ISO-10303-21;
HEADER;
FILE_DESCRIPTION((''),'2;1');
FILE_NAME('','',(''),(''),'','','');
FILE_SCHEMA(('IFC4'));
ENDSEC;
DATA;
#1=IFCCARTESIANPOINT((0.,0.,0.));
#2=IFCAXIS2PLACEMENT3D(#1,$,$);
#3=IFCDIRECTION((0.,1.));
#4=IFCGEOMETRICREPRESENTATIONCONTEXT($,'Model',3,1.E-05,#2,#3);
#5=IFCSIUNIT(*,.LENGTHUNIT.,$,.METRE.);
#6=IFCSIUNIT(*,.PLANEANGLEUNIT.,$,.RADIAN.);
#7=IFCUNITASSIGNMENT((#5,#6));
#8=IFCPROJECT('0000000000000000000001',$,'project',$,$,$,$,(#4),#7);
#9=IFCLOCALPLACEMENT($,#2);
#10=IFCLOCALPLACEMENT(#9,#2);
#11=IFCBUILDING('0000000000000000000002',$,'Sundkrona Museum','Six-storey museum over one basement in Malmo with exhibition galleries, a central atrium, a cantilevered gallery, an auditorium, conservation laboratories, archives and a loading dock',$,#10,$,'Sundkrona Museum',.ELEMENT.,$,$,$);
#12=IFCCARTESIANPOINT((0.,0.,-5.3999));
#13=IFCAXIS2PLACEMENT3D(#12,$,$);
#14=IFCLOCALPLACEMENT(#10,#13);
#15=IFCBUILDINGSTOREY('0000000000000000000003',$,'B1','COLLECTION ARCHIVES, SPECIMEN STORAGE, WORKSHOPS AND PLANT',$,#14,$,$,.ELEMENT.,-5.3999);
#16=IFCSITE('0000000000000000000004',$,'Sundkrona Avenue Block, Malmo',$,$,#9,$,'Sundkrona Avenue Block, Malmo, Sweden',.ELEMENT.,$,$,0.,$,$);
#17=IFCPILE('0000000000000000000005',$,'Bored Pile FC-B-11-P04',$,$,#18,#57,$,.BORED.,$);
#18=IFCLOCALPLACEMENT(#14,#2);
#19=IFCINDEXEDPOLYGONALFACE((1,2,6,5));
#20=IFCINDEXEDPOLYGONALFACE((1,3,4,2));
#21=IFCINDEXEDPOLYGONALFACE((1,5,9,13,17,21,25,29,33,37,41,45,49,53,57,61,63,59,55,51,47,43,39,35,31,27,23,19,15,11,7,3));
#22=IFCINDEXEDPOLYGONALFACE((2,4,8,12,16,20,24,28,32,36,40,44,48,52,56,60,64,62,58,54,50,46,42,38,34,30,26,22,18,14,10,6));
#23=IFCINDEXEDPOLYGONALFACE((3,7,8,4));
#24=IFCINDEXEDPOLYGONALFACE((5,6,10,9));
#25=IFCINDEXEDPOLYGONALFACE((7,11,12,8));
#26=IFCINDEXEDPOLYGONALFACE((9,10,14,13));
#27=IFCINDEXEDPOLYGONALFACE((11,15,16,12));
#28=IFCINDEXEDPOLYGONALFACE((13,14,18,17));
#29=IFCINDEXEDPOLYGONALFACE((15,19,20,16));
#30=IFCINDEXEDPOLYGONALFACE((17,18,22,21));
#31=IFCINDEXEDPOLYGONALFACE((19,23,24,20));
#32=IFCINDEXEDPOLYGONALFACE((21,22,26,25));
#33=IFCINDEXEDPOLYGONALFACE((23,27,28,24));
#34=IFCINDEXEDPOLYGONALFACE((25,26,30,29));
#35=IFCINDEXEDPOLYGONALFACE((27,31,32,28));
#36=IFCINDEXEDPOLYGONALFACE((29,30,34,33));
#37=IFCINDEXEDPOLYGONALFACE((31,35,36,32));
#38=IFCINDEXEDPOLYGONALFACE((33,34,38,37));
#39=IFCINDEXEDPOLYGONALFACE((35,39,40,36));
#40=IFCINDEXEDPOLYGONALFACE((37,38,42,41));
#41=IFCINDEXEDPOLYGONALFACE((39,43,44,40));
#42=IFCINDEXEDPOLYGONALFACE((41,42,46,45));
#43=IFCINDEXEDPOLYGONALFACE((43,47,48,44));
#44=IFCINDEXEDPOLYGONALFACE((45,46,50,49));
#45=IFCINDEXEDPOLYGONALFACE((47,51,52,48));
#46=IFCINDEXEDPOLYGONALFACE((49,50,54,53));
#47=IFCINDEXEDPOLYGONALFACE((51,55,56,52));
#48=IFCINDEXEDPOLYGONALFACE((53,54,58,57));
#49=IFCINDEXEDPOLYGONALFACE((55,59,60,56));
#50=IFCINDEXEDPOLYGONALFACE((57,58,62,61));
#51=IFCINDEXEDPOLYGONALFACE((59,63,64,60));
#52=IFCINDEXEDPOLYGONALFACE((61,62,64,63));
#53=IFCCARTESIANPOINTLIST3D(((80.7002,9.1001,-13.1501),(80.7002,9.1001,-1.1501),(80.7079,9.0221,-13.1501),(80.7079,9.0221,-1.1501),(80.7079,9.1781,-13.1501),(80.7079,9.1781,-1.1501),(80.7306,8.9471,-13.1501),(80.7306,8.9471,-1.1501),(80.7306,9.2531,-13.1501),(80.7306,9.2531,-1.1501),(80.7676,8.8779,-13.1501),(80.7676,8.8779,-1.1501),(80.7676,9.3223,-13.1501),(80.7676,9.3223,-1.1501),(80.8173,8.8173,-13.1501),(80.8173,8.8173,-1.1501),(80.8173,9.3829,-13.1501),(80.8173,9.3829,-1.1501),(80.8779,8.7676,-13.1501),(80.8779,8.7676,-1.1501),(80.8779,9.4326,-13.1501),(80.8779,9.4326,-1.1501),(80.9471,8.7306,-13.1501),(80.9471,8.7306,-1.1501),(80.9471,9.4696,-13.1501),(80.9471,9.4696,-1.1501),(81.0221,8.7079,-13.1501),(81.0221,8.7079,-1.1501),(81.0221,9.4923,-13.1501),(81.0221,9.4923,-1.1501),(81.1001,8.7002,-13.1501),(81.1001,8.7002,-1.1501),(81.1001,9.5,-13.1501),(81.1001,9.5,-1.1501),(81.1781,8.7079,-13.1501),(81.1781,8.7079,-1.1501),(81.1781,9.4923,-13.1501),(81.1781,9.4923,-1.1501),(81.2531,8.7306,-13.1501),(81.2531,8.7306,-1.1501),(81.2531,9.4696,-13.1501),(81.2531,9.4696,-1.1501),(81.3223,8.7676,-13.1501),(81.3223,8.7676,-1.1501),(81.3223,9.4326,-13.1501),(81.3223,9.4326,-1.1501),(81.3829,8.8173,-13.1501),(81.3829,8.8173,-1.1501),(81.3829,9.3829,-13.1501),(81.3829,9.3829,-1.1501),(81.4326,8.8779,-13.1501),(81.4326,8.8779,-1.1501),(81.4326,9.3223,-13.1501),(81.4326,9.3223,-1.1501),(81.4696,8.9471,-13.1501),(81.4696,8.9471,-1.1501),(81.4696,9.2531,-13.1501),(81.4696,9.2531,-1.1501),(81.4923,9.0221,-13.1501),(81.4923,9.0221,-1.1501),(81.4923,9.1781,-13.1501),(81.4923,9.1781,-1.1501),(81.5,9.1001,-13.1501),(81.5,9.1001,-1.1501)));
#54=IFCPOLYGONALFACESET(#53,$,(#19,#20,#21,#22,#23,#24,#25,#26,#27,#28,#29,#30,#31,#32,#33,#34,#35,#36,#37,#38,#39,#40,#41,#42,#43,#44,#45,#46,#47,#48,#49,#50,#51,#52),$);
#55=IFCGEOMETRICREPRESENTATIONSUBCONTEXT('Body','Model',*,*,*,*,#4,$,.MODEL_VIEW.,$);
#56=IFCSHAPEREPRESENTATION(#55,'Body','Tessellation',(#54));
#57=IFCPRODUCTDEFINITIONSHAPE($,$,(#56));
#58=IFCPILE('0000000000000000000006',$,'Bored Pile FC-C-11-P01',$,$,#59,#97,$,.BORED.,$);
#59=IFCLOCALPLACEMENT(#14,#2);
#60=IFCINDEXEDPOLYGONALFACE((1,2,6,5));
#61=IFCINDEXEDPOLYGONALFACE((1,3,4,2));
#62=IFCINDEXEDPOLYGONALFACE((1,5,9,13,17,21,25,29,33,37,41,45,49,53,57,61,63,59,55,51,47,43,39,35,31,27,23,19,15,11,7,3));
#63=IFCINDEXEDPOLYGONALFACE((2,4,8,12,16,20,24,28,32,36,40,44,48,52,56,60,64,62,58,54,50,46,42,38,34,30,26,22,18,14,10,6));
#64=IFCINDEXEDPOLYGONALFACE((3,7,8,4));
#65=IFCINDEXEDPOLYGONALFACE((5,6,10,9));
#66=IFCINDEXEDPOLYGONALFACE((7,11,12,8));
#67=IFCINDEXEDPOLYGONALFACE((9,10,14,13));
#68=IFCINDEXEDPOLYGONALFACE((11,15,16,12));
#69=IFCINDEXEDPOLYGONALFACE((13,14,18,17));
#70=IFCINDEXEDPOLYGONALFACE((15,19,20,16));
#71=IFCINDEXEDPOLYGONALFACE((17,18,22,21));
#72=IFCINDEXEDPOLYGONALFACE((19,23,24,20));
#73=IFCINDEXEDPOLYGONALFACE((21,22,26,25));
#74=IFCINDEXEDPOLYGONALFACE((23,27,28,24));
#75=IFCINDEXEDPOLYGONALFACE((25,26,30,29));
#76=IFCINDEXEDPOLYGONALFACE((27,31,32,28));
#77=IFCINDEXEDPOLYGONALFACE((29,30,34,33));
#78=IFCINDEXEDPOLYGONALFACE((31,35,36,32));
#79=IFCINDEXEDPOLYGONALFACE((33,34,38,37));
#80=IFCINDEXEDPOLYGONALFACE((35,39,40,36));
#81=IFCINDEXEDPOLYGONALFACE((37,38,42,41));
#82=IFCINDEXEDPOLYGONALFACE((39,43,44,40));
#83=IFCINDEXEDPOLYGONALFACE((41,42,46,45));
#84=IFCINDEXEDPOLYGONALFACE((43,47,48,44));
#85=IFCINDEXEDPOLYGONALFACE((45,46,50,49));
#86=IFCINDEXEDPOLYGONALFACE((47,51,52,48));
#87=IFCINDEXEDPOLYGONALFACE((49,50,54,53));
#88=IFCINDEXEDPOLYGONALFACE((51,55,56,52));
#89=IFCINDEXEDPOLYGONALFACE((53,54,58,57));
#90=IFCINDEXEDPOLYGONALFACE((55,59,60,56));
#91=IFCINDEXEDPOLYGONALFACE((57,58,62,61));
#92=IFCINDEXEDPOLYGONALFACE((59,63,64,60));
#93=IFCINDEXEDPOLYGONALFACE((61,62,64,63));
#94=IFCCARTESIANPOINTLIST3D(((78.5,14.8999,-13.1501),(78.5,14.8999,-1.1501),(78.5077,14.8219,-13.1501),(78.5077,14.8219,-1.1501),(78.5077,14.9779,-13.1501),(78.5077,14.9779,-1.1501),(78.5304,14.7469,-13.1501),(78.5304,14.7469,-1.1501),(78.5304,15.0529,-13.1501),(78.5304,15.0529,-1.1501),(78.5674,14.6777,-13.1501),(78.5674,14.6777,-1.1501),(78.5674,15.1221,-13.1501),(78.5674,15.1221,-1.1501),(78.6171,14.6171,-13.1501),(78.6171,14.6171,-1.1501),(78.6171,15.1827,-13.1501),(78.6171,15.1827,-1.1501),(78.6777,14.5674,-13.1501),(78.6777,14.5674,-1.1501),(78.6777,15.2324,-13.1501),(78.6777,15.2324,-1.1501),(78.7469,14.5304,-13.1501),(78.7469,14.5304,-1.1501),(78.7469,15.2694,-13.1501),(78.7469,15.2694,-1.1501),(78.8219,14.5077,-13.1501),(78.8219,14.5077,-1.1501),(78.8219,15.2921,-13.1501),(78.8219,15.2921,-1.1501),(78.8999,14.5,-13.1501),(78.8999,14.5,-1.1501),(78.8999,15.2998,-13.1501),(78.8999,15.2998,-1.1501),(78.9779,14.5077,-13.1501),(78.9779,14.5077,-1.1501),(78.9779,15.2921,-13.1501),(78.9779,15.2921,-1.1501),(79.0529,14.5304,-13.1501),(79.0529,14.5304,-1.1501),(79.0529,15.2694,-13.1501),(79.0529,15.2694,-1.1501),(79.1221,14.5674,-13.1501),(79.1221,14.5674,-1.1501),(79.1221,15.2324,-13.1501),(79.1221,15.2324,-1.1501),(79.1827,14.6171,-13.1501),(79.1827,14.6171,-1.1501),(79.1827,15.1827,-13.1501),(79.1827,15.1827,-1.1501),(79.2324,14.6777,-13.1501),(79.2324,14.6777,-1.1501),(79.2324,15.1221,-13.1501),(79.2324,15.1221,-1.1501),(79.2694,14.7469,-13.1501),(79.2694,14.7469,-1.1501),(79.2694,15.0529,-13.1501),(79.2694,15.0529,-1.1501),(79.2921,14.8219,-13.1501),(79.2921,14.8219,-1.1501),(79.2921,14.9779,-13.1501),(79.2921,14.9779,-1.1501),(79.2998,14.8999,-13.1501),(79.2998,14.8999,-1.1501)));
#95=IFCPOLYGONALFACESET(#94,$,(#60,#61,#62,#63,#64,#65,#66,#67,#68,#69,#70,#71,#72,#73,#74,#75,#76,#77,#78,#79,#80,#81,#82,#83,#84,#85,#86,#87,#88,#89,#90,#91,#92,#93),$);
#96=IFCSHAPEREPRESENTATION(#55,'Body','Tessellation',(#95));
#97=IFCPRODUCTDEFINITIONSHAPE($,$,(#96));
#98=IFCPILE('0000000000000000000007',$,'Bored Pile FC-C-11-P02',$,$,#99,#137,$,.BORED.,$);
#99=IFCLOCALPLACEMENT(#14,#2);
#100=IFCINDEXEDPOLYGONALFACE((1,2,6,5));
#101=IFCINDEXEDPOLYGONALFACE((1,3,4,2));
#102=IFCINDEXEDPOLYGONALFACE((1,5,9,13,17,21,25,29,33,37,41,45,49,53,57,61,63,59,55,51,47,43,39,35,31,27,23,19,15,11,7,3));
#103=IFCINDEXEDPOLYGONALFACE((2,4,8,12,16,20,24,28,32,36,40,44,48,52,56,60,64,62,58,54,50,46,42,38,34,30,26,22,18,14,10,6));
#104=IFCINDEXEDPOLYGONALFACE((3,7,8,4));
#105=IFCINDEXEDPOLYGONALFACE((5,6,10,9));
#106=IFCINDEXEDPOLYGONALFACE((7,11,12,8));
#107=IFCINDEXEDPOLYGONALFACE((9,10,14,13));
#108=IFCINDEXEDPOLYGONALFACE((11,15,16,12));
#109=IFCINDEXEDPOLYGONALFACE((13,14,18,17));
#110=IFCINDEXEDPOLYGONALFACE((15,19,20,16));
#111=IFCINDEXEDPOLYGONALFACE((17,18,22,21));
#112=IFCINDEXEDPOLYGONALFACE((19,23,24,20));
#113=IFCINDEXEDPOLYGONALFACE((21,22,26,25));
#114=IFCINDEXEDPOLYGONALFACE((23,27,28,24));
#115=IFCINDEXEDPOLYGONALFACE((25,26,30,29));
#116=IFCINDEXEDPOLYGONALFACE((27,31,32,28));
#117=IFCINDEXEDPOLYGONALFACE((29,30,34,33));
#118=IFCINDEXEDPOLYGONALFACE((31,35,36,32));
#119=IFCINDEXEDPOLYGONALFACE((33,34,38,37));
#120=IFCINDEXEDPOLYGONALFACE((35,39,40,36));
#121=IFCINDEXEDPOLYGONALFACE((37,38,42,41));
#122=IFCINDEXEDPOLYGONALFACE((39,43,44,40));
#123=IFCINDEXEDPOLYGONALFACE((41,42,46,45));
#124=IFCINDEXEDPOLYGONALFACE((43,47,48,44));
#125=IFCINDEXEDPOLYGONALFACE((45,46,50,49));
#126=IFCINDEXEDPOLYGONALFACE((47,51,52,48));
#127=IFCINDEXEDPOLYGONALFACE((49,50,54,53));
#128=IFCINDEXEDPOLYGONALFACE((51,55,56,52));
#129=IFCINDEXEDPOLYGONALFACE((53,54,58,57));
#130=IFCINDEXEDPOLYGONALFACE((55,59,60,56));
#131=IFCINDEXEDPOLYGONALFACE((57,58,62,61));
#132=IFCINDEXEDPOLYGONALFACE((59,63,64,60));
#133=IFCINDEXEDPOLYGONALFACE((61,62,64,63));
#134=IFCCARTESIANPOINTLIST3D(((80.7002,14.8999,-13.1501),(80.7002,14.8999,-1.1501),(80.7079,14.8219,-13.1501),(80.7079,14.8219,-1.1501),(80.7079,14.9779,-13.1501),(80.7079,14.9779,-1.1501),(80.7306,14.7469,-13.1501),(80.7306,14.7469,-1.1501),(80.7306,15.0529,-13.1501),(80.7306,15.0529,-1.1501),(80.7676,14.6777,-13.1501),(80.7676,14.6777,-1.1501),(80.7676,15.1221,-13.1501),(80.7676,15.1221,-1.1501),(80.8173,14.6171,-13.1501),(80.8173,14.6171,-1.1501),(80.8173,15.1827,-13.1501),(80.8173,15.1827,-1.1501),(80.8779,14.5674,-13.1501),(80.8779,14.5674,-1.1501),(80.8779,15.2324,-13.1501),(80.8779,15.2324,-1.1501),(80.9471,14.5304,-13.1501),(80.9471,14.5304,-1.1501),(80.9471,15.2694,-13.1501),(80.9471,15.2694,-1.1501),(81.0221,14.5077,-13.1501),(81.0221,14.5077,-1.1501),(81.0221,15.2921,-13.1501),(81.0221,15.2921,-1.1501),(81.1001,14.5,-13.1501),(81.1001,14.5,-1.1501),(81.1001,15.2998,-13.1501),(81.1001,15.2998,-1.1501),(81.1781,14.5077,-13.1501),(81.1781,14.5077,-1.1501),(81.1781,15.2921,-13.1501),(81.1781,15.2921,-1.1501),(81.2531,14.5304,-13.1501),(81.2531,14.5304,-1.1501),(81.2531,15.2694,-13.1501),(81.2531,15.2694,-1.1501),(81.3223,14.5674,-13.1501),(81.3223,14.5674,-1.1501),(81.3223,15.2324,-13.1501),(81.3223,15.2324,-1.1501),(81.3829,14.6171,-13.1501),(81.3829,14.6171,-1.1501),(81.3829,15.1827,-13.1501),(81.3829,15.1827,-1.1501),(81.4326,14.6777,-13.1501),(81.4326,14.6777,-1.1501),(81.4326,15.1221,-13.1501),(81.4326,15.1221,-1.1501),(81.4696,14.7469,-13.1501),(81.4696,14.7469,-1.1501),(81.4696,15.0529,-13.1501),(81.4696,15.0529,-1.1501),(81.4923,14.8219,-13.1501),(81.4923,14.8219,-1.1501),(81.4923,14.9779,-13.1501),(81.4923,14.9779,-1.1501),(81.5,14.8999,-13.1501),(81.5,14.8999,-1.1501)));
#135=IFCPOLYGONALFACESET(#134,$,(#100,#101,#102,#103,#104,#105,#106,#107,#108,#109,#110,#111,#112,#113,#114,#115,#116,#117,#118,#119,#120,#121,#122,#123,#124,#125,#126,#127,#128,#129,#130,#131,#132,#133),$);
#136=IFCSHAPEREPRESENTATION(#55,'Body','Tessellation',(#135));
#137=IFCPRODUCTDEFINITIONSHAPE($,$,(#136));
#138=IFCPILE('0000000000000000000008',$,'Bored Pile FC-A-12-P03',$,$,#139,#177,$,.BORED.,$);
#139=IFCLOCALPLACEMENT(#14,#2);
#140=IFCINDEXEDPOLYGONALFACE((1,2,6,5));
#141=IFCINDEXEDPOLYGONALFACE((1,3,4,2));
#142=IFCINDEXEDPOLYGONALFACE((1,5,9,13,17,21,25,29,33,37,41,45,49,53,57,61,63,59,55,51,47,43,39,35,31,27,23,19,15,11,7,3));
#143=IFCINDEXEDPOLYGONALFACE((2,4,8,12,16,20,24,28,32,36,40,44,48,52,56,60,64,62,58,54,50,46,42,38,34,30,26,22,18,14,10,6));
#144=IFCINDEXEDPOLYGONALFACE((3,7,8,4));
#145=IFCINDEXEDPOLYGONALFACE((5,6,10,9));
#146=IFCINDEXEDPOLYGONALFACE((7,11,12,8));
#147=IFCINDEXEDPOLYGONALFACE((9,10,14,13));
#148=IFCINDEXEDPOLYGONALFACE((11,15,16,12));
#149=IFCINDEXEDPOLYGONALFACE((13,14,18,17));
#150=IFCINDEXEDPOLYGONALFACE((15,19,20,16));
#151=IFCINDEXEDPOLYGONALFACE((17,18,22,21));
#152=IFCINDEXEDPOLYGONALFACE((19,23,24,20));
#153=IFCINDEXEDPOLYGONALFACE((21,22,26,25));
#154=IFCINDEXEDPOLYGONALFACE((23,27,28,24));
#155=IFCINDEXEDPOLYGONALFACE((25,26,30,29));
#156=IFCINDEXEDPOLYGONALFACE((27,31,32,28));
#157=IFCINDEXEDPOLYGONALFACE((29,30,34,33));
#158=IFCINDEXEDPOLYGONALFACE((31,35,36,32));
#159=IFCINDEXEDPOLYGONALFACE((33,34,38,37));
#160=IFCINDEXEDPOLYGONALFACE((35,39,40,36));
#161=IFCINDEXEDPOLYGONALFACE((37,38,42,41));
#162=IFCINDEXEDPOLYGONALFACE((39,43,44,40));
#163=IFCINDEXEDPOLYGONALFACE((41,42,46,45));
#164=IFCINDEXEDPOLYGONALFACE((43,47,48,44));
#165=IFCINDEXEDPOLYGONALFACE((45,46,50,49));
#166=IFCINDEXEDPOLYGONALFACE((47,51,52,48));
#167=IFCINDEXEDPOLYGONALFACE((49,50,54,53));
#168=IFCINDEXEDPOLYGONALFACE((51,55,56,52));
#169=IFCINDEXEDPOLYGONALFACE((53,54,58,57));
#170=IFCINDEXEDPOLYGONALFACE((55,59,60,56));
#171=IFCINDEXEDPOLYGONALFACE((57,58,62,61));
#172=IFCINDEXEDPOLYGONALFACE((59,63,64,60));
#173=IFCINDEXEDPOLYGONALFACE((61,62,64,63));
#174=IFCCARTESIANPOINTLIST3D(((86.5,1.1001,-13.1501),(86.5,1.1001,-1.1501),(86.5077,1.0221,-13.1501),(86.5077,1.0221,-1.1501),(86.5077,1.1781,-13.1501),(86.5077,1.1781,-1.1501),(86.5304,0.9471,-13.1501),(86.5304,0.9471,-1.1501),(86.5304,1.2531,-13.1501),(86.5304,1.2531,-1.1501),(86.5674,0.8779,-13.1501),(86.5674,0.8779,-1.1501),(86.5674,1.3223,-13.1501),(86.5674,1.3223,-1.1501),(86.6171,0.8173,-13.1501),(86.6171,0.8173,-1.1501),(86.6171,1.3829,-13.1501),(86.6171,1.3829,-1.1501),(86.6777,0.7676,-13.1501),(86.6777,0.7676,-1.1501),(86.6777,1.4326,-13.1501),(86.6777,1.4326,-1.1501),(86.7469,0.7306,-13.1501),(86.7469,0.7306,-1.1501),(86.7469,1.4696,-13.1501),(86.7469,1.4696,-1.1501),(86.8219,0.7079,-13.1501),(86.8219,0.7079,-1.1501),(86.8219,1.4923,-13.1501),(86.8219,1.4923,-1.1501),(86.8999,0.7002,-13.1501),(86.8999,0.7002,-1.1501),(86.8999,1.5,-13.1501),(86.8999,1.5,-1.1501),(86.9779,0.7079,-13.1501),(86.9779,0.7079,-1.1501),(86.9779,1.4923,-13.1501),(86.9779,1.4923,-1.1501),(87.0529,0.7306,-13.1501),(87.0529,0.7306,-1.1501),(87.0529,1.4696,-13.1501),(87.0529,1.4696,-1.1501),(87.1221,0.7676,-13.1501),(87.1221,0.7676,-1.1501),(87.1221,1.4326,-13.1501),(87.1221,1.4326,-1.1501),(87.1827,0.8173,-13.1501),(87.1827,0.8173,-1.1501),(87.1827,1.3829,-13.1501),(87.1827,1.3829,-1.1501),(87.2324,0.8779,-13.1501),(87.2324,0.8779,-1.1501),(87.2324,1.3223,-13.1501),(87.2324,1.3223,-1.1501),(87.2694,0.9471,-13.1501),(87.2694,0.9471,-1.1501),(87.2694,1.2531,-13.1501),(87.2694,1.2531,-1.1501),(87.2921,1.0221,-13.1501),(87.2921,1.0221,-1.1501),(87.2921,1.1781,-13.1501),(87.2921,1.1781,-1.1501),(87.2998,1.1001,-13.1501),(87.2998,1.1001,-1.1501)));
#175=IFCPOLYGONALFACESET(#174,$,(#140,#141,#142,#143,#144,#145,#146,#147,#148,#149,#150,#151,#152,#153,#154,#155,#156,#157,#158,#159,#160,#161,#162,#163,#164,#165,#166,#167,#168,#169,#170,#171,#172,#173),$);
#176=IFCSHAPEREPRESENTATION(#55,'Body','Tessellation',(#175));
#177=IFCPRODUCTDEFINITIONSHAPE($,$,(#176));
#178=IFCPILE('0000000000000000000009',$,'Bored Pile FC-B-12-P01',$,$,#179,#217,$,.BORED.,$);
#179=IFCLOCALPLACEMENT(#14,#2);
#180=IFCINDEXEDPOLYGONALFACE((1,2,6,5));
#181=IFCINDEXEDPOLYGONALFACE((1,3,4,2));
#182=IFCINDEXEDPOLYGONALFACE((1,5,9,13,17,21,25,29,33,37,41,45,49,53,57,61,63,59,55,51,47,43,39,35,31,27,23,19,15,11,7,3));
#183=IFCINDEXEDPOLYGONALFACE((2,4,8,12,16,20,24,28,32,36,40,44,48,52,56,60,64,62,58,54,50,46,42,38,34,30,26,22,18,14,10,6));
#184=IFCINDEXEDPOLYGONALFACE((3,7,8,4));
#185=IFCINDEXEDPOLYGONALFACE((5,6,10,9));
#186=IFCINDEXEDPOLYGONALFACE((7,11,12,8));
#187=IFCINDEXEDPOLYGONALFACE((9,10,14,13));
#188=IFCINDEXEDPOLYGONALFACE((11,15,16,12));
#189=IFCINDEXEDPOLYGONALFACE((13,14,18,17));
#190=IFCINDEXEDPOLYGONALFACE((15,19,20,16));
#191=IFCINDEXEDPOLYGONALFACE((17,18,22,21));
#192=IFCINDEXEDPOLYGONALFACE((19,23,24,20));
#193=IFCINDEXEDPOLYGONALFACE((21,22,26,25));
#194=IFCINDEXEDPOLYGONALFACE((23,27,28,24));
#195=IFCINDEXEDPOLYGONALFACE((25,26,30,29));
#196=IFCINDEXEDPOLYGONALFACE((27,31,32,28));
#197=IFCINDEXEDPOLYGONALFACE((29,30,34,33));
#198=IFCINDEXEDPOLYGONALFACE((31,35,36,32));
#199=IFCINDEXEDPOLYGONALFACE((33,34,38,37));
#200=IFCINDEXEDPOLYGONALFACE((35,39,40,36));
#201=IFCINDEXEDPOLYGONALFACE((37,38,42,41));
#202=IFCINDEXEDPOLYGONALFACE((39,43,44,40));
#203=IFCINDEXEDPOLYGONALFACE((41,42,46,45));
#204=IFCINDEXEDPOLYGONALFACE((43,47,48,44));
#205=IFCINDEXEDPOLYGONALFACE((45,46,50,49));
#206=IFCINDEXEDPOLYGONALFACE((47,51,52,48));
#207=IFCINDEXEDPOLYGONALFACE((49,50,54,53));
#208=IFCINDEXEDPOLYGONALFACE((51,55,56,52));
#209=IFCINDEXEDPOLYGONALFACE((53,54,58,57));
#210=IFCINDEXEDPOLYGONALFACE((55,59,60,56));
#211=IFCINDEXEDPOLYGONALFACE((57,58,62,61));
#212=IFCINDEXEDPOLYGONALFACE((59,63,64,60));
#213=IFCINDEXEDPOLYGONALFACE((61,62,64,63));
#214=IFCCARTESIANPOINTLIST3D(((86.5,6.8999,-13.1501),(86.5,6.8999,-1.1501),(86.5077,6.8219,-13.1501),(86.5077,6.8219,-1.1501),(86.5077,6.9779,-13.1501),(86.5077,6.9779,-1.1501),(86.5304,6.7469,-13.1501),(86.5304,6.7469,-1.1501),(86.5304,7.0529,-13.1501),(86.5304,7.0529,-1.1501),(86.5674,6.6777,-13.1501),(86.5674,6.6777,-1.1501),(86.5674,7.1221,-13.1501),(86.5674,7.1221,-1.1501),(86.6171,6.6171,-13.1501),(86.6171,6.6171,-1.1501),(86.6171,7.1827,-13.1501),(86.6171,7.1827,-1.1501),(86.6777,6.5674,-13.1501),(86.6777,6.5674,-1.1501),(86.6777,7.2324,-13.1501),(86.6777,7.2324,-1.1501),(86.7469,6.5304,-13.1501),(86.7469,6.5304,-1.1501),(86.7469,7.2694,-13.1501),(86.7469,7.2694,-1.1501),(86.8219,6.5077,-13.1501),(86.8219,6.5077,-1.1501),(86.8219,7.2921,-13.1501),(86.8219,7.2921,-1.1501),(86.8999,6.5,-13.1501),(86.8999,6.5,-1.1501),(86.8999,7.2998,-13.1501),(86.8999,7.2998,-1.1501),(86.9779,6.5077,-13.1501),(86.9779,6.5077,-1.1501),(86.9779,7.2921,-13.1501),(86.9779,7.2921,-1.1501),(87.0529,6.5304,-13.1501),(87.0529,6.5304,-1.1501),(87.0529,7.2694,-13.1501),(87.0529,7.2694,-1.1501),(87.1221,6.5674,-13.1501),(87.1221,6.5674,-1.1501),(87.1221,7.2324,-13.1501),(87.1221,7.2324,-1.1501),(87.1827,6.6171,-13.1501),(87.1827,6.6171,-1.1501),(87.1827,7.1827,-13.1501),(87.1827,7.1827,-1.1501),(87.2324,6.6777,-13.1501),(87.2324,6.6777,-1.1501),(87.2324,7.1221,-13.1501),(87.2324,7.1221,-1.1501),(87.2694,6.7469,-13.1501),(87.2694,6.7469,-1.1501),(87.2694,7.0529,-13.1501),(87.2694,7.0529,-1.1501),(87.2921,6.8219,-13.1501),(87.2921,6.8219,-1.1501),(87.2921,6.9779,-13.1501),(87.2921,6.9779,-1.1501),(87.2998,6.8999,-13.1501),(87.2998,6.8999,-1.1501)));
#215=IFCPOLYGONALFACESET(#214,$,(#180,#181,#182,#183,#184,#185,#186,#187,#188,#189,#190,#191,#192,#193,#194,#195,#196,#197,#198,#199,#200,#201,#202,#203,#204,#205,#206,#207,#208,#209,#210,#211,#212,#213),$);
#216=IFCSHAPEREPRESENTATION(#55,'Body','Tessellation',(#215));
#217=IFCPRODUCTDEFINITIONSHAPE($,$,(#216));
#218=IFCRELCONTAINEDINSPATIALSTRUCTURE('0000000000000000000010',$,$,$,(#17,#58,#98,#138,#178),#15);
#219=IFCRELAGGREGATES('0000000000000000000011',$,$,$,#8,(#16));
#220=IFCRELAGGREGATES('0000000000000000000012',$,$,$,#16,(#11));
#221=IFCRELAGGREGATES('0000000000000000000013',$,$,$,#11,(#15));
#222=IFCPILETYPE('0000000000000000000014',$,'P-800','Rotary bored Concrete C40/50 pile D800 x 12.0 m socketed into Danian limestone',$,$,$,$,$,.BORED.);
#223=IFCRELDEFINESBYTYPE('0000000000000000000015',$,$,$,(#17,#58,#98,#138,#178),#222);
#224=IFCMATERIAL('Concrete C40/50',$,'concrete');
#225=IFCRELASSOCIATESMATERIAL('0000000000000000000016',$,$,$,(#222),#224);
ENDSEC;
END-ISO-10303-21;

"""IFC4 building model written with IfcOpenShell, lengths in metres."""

from ifc_helpers import new_model, si_unit, direction, frame, origin, origin_2d, place, context, subcontext, project, spatial, circle, extrude, material, material_profile, profile_set, type_object, element, save


model = new_model("IFC4")

# Units and contexts
model_context = context("Model", 3, precision=1e-05, world=origin(), true_north=direction((0.0, 1.0)))
body_context = subcontext(model_context, "Body", "Model", "MODEL_VIEW")
ifc_project = project(units=[si_unit("LENGTHUNIT", "METRE"), si_unit("PLANEANGLEUNIT", "RADIAN")], contexts=[model_context])

# Site, building, storey
site_placement = place(None, origin())
site = spatial("IfcSite", under=ifc_project, at=site_placement, Name="Sundkrona Avenue Block, Malmo", LongName="Sundkrona Avenue Block, Malmo, Sweden", CompositionType="ELEMENT", RefElevation=0.0)
building_placement = place(site_placement, origin())
building = spatial("IfcBuilding", under=site, at=building_placement, Name="Sundkrona Museum", Description="Six-storey museum over one basement in Malmo with exhibition galleries, a central atrium, a cantilevered gallery, an auditorium, conservation laboratories, archives and a loading dock", LongName="Sundkrona Museum", CompositionType="ELEMENT")
storey_placement = place(building_placement, frame((0.0, 0.0, -5.3999)))
storey = spatial("IfcBuildingStorey", under=building, at=storey_placement, Name="B1", Description="COLLECTION ARCHIVES, SPECIMEN STORAGE, WORKSHOPS AND PLANT", CompositionType="ELEMENT", Elevation=-5.3999)

# Shared definitions
ifc_material_1 = material(Name="Concrete C40/50", Category="concrete")

# Piles
ifc_material_profile_1 = material_profile(ifc_material_1, circle(Radius=0.3999, at=origin_2d()), Name="PILE D800")
ifc_profile_set_1 = profile_set([ifc_material_profile_1], Name="Concrete C40/50")
pile_type = type_object("IfcPileType", Name="P-800", Description="Rotary bored Concrete C40/50 pile D800 x 12.0 m socketed into Danian limestone", PredefinedType="BORED", material=ifc_profile_set_1)
for number, where, z_axis, x_axis, name in (
    (1, (81.1001, 9.1001, -1.1501), (0.0, 0.0, -1.0), (1.0, 0.0, 0.0), "Bored Pile FC-B-11-P04"),
    (2, (78.8999, 14.8999, -1.1501), (0.0, 0.0, -1.0), (1.0, 0.0, 0.0), "Bored Pile FC-C-11-P01"),
    (3, (81.1001, 14.8999, -1.1501), (0.0, 0.0, -1.0), (1.0, 0.0, 0.0), "Bored Pile FC-C-11-P02"),
    (4, (86.8999, 1.1001, -1.1501), (0.0, 0.0, -1.0), (1.0, 0.0, 0.0), "Bored Pile FC-A-12-P03"),
    (5, (86.8999, 6.8999, -1.1501), (0.0, 0.0, -1.0), (1.0, 0.0, 0.0), "Bored Pile FC-B-12-P01"),
):
    element("IfcPile", number, at=place(storey_placement, frame(where, z_axis=z_axis, x_axis=x_axis)), inside=storey, type_object=pile_type, Name=name, PredefinedType="BORED", context=body_context, shape_type="SweptSolid", body=[
        extrude(circle(Radius=0.3999, at=origin_2d()), origin(), (0.0, 0.0, 1.0), 12.0),
    ])

save(model, "model.ifc")
